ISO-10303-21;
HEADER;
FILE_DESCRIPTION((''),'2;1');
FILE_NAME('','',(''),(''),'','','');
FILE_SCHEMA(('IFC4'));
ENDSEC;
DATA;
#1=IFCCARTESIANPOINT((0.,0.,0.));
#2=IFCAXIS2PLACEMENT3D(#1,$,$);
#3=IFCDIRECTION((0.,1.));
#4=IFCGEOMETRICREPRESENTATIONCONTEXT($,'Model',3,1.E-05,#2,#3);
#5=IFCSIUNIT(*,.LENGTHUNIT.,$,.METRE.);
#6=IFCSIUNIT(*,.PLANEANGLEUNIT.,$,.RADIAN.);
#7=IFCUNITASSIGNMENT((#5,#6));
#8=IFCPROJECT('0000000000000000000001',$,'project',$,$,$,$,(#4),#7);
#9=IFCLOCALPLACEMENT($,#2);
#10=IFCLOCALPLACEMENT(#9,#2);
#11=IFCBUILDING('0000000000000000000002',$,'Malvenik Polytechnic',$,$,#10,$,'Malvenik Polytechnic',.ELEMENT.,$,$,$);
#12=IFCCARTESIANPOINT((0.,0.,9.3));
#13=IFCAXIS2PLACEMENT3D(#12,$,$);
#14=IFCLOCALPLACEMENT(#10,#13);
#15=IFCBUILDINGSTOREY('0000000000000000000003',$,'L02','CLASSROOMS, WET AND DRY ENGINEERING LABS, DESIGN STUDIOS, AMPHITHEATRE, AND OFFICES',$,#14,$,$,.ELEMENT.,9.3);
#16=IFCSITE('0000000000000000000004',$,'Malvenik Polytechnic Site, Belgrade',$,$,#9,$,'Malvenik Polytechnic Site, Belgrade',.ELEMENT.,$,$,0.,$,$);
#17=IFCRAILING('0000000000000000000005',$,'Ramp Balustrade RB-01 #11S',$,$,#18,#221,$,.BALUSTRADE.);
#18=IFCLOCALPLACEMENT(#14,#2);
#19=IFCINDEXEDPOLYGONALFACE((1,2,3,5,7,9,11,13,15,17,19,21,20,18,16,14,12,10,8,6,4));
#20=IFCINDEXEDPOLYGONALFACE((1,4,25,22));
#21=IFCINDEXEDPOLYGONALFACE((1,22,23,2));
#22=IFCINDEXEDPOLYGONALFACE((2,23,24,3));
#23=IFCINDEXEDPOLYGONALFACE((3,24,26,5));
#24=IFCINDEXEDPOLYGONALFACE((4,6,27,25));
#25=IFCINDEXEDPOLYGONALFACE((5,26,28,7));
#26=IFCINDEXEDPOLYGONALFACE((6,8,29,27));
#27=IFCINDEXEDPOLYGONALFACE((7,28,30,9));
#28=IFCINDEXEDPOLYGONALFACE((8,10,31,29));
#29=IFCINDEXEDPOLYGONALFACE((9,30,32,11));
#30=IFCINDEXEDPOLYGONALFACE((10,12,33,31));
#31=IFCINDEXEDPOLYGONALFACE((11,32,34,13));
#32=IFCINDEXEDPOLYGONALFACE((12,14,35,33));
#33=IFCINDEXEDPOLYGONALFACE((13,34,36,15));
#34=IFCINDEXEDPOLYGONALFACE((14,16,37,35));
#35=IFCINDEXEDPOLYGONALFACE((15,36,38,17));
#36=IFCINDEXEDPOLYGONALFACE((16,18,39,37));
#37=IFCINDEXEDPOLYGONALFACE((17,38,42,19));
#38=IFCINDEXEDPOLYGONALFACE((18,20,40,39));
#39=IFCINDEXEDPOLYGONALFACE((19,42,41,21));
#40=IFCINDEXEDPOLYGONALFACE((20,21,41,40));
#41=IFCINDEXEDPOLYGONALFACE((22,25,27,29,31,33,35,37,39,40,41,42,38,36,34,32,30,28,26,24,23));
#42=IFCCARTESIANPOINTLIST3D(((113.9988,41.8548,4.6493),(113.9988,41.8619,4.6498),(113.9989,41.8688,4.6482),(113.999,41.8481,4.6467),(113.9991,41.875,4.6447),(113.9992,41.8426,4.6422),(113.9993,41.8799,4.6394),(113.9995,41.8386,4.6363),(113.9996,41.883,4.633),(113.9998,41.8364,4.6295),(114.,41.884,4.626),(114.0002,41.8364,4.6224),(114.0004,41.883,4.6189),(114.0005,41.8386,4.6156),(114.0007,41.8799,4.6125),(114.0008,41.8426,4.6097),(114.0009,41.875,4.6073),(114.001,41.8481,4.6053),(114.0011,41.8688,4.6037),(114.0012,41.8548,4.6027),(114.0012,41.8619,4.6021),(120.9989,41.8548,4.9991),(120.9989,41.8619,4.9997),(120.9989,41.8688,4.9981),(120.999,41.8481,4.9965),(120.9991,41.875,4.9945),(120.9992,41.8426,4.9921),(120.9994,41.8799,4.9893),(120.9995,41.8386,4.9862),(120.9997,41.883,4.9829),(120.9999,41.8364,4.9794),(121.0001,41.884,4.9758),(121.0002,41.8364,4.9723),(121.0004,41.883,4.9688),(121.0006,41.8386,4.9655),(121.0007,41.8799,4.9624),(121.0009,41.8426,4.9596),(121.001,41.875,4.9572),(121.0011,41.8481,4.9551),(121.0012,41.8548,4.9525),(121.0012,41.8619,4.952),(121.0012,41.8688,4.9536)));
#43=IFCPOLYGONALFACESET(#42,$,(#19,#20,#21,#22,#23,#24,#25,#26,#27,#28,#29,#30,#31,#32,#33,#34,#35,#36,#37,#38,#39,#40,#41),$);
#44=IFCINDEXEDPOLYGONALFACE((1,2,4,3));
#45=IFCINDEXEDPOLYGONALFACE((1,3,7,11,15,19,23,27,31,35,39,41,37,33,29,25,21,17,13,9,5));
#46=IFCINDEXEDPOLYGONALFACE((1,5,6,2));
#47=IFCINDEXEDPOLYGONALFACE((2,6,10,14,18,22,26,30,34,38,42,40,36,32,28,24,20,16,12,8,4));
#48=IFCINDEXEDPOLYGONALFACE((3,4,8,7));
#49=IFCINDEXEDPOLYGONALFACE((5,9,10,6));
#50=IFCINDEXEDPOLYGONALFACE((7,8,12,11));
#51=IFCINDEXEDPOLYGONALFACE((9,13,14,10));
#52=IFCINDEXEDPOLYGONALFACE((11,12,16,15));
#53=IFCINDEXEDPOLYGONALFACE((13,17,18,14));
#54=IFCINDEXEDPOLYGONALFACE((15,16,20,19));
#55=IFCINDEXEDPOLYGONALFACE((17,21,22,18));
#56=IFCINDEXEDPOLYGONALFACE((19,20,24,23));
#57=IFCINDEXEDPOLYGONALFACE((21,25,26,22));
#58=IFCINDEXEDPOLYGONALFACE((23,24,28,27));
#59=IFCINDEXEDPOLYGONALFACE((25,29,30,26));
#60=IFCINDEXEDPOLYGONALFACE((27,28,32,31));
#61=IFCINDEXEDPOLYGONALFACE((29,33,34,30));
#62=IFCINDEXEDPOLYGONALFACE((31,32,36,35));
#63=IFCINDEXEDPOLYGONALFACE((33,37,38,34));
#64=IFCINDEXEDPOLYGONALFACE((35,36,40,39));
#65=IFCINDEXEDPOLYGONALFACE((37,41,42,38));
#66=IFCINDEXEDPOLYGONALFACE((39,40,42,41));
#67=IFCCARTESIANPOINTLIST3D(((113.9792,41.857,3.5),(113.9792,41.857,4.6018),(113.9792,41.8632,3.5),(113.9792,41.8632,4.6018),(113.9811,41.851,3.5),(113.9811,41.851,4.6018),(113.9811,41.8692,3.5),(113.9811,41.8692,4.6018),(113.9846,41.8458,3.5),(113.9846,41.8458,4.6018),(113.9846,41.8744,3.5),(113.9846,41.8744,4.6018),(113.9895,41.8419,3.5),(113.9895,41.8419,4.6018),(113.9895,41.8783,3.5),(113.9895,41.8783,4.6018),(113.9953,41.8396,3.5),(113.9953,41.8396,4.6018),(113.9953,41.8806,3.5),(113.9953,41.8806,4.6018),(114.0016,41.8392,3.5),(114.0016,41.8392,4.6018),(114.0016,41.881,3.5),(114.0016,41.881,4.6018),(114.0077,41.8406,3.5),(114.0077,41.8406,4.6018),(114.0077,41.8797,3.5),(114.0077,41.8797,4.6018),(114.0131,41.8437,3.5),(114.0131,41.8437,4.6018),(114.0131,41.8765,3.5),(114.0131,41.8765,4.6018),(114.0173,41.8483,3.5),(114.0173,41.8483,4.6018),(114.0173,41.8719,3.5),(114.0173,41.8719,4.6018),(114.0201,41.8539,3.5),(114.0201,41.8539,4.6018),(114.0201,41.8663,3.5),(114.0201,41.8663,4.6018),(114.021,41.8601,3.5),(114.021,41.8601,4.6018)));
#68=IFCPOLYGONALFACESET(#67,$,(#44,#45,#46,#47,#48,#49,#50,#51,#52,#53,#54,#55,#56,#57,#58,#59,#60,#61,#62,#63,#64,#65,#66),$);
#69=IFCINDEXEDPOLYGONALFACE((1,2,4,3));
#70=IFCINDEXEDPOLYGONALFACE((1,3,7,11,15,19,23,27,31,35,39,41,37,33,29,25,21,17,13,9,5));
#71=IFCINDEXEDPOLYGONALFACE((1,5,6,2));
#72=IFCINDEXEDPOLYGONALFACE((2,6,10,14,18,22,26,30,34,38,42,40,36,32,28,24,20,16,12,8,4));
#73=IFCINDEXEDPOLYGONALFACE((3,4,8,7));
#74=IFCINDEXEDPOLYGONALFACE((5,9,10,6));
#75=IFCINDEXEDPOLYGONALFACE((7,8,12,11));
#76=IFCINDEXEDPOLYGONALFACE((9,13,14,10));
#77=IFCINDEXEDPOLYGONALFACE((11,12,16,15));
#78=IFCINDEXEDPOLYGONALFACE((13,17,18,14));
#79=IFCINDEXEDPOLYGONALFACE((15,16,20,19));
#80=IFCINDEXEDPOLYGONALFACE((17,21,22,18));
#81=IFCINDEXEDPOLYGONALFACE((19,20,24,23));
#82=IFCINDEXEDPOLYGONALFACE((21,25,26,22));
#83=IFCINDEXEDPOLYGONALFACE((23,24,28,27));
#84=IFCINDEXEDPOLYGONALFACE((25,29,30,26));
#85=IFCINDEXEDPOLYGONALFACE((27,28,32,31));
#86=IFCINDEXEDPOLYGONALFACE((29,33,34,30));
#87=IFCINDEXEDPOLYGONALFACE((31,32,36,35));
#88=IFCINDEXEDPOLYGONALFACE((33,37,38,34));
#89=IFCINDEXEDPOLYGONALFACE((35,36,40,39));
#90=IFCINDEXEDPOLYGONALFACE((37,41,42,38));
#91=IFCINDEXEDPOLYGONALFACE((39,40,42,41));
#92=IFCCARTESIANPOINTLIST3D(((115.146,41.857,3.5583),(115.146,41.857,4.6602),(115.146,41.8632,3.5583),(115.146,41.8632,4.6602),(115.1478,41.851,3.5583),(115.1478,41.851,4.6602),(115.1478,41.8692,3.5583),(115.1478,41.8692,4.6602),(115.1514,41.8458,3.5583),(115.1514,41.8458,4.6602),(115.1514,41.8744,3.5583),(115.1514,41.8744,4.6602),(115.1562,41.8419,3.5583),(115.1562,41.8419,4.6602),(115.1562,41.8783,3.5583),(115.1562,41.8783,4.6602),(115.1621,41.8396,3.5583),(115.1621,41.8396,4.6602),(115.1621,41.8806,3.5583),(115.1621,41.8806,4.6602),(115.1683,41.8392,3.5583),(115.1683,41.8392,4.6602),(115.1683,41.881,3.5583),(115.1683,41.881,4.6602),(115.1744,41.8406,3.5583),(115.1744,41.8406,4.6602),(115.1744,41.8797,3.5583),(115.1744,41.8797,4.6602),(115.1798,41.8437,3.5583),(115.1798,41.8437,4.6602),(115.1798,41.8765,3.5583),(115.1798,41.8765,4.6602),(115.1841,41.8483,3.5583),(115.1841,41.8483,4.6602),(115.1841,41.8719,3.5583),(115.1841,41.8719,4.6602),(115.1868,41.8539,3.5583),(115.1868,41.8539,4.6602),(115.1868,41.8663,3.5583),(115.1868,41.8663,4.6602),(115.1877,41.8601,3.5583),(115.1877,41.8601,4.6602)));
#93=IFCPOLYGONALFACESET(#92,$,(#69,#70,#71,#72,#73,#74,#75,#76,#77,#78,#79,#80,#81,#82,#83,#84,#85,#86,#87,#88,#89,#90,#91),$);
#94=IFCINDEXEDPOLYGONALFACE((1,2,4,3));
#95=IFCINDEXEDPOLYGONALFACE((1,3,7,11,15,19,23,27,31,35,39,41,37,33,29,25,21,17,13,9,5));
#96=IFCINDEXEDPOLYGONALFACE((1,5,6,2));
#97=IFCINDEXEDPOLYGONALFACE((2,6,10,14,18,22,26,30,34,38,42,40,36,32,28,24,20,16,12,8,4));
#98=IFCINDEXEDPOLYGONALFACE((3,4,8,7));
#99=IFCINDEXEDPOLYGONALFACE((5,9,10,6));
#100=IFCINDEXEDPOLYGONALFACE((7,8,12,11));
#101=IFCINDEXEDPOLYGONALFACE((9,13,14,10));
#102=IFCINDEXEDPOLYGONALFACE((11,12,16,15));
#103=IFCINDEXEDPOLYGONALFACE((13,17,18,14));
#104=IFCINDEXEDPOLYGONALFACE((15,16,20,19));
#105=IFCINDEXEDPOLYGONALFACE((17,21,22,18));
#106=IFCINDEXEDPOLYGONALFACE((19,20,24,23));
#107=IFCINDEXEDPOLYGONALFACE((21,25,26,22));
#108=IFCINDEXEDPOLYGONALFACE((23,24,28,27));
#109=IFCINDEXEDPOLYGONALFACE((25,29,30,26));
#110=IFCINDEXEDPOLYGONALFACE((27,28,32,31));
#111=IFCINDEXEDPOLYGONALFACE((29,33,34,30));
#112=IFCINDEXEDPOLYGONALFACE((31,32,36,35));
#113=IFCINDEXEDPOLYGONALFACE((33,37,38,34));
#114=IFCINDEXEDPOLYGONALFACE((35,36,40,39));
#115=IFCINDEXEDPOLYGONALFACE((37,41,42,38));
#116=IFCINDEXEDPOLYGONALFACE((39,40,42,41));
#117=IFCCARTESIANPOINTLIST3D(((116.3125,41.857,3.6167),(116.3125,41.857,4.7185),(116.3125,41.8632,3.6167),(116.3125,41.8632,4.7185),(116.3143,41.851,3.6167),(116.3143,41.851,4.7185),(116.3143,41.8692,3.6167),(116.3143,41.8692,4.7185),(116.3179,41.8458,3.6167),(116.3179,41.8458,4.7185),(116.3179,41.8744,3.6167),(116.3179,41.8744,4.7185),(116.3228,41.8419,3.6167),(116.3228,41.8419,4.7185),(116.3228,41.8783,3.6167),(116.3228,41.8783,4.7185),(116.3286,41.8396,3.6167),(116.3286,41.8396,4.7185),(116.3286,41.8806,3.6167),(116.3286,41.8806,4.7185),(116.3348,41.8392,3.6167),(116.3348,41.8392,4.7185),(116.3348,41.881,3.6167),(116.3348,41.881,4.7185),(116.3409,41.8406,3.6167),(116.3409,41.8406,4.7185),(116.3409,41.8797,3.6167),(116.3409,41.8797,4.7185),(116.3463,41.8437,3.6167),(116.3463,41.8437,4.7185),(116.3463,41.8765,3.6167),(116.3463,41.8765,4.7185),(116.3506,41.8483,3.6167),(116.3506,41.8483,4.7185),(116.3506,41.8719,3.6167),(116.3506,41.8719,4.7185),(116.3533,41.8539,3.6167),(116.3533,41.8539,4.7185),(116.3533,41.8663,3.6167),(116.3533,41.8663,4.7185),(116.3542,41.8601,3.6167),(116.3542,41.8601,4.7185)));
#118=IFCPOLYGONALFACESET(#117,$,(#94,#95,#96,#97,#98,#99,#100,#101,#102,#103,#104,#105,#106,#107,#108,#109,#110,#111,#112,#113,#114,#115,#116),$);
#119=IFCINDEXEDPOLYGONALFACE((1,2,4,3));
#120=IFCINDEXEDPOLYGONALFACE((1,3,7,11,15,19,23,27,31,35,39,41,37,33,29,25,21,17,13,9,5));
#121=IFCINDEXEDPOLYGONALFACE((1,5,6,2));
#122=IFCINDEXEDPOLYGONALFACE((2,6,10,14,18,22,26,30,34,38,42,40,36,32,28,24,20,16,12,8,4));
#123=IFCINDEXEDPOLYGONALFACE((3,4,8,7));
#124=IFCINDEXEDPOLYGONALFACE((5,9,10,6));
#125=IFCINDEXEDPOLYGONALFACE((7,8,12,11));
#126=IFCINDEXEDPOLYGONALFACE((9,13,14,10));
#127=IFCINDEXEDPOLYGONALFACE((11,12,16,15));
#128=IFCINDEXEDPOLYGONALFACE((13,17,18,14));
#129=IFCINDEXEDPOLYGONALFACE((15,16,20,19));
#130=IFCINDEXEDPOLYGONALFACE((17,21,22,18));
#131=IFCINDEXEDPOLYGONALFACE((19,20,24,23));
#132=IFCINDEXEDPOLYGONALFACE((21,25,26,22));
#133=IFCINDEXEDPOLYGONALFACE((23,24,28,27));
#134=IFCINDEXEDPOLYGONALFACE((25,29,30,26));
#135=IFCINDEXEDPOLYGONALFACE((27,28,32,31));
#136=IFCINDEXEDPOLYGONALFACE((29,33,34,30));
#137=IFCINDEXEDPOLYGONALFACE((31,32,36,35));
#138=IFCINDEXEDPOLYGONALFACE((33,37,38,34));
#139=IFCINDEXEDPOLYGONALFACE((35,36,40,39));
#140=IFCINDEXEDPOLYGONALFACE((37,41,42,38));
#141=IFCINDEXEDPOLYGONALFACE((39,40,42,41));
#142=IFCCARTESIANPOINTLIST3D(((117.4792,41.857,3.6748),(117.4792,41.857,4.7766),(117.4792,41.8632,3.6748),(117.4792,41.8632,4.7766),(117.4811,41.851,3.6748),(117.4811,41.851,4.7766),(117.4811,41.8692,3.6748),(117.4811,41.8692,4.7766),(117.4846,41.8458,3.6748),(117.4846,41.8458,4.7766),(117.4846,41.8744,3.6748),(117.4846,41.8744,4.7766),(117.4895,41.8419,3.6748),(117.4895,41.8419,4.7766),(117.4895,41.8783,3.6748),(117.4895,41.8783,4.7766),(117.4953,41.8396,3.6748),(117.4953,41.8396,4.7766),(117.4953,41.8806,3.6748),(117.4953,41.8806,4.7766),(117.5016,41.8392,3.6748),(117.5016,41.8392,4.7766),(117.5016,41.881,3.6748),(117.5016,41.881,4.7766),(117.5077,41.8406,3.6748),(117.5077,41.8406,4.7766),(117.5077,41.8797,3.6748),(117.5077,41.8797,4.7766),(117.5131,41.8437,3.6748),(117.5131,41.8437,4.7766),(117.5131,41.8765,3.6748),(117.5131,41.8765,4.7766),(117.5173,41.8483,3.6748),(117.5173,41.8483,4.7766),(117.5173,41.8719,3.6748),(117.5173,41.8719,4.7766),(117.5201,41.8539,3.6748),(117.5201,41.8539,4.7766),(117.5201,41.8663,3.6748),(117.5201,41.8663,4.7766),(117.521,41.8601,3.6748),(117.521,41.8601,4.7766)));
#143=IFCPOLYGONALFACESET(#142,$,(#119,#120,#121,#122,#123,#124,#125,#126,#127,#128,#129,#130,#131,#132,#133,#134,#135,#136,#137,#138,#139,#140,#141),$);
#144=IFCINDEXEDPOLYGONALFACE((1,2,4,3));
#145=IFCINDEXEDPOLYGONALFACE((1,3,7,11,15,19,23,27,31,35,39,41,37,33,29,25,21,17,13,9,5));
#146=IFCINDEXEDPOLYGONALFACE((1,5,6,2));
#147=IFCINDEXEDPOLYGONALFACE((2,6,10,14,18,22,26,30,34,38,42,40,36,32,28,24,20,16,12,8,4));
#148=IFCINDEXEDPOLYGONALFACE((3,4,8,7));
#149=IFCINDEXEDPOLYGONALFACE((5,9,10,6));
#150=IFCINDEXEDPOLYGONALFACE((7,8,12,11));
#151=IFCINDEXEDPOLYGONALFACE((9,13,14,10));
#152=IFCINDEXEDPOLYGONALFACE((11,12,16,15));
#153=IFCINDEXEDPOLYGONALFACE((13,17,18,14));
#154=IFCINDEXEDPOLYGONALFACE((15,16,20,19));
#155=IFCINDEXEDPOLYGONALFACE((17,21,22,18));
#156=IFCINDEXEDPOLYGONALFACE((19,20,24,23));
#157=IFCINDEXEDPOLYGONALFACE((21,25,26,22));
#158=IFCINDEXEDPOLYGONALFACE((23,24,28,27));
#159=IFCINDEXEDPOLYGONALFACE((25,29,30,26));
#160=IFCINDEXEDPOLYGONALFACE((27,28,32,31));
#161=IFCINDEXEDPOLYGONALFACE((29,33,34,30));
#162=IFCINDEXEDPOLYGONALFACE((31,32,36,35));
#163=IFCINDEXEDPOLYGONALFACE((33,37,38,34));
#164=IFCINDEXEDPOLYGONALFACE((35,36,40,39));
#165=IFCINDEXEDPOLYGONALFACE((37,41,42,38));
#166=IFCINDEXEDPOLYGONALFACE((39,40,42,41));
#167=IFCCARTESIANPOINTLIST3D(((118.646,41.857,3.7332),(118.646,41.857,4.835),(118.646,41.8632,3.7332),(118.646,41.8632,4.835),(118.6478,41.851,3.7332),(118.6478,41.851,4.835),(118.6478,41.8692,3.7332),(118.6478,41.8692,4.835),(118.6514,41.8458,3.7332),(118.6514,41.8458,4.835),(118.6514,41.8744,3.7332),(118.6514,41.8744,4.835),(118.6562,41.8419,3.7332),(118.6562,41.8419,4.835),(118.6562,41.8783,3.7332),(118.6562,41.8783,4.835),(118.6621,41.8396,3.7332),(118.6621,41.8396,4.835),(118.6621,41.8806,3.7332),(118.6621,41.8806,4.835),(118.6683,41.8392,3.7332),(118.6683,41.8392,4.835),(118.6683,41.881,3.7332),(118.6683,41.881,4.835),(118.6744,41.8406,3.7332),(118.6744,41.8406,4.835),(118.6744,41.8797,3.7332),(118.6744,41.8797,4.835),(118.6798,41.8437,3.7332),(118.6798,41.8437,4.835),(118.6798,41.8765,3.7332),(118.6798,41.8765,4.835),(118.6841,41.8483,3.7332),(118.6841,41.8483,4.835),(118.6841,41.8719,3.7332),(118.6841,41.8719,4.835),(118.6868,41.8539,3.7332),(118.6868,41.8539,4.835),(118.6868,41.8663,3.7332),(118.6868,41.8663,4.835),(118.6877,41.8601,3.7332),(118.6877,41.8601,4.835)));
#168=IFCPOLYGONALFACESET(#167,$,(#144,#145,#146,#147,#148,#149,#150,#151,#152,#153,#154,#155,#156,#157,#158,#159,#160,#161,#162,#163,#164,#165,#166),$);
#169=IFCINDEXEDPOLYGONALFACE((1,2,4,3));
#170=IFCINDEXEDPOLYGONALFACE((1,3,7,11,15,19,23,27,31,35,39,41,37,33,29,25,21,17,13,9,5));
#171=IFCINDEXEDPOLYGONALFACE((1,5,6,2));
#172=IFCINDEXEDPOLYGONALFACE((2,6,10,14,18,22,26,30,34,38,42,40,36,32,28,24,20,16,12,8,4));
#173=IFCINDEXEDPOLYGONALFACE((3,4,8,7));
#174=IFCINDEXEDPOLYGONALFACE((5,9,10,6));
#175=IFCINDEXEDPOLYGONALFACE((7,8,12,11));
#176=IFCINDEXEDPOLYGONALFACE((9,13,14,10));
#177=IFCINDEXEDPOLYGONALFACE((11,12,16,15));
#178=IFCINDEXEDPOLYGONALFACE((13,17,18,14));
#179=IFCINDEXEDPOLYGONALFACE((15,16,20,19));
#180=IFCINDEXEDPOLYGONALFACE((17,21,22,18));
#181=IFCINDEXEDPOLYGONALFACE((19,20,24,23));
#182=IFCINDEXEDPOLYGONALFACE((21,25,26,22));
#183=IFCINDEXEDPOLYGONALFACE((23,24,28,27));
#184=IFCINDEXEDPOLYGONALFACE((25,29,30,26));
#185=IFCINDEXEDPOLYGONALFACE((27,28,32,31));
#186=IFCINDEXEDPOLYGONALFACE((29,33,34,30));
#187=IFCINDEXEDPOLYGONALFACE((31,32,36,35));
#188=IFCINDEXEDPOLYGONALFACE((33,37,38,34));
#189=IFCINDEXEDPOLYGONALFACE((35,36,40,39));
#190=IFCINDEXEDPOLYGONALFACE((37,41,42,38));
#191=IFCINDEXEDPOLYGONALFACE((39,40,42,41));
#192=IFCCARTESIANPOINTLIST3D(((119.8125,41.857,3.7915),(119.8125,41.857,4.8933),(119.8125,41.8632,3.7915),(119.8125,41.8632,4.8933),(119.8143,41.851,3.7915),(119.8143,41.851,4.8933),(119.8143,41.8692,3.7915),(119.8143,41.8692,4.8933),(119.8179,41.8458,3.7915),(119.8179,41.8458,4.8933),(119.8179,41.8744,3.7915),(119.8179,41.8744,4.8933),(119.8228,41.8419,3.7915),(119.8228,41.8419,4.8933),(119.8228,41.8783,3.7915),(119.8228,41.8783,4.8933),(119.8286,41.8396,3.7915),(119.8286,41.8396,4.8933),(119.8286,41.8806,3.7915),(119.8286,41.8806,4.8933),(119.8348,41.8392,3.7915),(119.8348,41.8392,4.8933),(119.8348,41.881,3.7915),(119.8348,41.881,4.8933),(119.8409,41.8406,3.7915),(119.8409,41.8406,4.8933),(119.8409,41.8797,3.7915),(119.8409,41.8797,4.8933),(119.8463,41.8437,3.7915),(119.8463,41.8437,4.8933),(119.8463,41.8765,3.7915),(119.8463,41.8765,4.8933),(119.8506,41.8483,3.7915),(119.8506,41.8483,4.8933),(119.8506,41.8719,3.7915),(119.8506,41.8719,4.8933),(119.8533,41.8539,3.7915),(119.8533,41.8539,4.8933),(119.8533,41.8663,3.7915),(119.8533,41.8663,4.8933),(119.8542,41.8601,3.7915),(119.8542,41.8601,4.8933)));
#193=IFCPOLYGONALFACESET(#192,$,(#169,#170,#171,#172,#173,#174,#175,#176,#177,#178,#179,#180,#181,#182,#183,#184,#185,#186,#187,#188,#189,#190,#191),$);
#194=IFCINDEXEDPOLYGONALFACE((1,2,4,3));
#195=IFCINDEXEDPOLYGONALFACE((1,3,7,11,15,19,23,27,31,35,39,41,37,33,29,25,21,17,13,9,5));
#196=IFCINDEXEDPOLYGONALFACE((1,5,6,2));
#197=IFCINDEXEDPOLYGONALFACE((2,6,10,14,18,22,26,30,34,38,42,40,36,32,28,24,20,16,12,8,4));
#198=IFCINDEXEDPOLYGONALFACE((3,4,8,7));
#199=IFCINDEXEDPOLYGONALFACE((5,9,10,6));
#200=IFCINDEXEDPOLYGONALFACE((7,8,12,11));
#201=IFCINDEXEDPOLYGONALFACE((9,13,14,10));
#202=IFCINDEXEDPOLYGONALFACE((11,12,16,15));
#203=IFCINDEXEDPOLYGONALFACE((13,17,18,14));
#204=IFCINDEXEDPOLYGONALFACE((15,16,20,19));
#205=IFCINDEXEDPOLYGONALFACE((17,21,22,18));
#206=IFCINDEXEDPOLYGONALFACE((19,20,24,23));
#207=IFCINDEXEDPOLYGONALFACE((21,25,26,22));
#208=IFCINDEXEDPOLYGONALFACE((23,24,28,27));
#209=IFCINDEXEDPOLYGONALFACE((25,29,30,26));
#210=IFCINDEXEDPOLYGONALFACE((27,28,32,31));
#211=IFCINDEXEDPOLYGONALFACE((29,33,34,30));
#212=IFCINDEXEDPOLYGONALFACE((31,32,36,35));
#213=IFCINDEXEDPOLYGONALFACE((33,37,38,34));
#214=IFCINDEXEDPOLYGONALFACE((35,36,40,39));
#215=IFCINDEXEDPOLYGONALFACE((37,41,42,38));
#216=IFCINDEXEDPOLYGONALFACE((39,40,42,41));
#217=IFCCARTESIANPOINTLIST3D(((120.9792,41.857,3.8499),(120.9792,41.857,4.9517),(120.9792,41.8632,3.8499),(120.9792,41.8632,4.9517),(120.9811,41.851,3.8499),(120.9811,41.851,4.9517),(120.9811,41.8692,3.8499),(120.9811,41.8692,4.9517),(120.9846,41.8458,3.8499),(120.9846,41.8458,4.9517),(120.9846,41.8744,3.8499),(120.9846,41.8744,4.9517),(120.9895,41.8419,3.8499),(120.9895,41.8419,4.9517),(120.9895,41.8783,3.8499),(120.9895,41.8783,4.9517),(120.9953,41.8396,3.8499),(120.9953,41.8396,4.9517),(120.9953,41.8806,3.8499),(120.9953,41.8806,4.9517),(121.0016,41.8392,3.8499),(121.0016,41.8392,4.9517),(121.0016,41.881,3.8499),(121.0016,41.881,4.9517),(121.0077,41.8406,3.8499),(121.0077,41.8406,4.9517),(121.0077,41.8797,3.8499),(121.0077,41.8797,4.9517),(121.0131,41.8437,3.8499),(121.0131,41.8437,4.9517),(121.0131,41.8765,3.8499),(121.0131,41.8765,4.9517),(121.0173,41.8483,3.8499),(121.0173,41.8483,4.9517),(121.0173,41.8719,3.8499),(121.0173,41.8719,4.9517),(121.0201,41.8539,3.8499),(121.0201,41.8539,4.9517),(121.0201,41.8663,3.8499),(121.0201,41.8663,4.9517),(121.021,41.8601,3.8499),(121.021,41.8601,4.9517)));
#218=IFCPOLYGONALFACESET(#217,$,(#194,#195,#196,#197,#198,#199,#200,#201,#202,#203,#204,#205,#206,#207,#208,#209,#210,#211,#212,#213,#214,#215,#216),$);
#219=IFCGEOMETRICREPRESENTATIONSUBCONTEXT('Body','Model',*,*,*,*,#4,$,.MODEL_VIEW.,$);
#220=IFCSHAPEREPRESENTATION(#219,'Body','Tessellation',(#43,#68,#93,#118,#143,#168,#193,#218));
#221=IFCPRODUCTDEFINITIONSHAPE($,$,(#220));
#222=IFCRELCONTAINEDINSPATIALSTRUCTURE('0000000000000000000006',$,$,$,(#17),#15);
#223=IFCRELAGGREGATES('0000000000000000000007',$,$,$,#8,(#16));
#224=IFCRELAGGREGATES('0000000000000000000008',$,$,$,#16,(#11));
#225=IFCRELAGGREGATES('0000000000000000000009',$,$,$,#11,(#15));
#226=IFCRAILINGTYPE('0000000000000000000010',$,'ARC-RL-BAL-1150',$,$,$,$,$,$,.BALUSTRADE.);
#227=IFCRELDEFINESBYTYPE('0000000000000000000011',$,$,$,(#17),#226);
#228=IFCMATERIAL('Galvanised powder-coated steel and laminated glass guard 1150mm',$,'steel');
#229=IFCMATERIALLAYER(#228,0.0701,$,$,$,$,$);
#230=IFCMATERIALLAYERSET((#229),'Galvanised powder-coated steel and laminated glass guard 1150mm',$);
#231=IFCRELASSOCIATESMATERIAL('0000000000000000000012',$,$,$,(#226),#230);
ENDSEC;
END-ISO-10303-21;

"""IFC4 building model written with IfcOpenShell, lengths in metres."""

from ifc_helpers import new_model, si_unit, direction, frame, origin, origin_2d, place, context, subcontext, project, spatial, circle, extrude, material, layer, layer_set, type_object, element, save


model = new_model("IFC4")

# Units and contexts
model_context = context("Model", 3, precision=1e-05, world=origin(), true_north=direction((0.0, 1.0)))
body_context = subcontext(model_context, "Body", "Model", "MODEL_VIEW")
ifc_project = project(units=[si_unit("LENGTHUNIT", "METRE"), si_unit("PLANEANGLEUNIT", "RADIAN")], contexts=[model_context])

# Site, building, storey
site_placement = place(None, origin())
site = spatial("IfcSite", under=ifc_project, at=site_placement, Name="Malvenik Polytechnic Site, Belgrade", LongName="Malvenik Polytechnic Site, Belgrade", CompositionType="ELEMENT", RefElevation=0.0)
building_placement = place(site_placement, origin())
building = spatial("IfcBuilding", under=site, at=building_placement, Name="Malvenik Polytechnic", LongName="Malvenik Polytechnic", CompositionType="ELEMENT")
storey_placement = place(building_placement, frame((0.0, 0.0, 9.3)))
storey = spatial("IfcBuildingStorey", under=building, at=storey_placement, Name="L02", Description="CLASSROOMS, WET AND DRY ENGINEERING LABS, DESIGN STUDIOS, AMPHITHEATRE, AND OFFICES", CompositionType="ELEMENT", Elevation=9.3)

# Railing
ifc_material_1 = material(Name="Galvanised powder-coated steel and laminated glass guard 1150mm", Category="steel")
ifc_layer_1 = layer(ifc_material_1, 0.0701)
ifc_layer_set_1 = layer_set([ifc_layer_1], Name="Galvanised powder-coated steel and laminated glass guard 1150mm")
railing_type_1 = type_object("IfcRailingType", Name="ARC-RL-BAL-1150", PredefinedType="BALUSTRADE", material=ifc_layer_set_1)
railing_1_placement = place(storey_placement, frame((114.0, 41.8601, 3.5)))
element("IfcRailing", 1, at=railing_1_placement, inside=storey, type_object=railing_type_1, Name="Ramp Balustrade RB-01 #11S", PredefinedType="BALUSTRADE", context=body_context, shape_type="SweptSolid", body=[
    extrude(circle(Radius=0.0239, at=origin_2d()), frame((0.0, 0.0, 1.126), z_axis=(0.998753, 0.0, 0.049917), x_axis=(0.0, 1.0, 0.0)), (0.0, 0.0, 1.0), 7.0088),
    extrude(circle(Radius=0.021, at=origin_2d()), origin(), (0.0, 0.0, 1.0), 1.1018),
    extrude(circle(Radius=0.021, at=origin_2d()), frame((1.1667, 0.0, 0.0583)), (0.0, 0.0, 1.0), 1.1018),
    extrude(circle(Radius=0.021, at=origin_2d()), frame((2.3333, 0.0, 0.1167)), (0.0, 0.0, 1.0), 1.1018),
    extrude(circle(Radius=0.021, at=origin_2d()), frame((3.5, 0.0, 0.1748)), (0.0, 0.0, 1.0), 1.1018),
    extrude(circle(Radius=0.021, at=origin_2d()), frame((4.6667, 0.0, 0.2332)), (0.0, 0.0, 1.0), 1.1018),
    extrude(circle(Radius=0.021, at=origin_2d()), frame((5.8333, 0.0, 0.2915)), (0.0, 0.0, 1.0), 1.1018),
    extrude(circle(Radius=0.021, at=origin_2d()), frame((7.0, 0.0, 0.3499)), (0.0, 0.0, 1.0), 1.1018),
])

save(model, "model.ifc")
